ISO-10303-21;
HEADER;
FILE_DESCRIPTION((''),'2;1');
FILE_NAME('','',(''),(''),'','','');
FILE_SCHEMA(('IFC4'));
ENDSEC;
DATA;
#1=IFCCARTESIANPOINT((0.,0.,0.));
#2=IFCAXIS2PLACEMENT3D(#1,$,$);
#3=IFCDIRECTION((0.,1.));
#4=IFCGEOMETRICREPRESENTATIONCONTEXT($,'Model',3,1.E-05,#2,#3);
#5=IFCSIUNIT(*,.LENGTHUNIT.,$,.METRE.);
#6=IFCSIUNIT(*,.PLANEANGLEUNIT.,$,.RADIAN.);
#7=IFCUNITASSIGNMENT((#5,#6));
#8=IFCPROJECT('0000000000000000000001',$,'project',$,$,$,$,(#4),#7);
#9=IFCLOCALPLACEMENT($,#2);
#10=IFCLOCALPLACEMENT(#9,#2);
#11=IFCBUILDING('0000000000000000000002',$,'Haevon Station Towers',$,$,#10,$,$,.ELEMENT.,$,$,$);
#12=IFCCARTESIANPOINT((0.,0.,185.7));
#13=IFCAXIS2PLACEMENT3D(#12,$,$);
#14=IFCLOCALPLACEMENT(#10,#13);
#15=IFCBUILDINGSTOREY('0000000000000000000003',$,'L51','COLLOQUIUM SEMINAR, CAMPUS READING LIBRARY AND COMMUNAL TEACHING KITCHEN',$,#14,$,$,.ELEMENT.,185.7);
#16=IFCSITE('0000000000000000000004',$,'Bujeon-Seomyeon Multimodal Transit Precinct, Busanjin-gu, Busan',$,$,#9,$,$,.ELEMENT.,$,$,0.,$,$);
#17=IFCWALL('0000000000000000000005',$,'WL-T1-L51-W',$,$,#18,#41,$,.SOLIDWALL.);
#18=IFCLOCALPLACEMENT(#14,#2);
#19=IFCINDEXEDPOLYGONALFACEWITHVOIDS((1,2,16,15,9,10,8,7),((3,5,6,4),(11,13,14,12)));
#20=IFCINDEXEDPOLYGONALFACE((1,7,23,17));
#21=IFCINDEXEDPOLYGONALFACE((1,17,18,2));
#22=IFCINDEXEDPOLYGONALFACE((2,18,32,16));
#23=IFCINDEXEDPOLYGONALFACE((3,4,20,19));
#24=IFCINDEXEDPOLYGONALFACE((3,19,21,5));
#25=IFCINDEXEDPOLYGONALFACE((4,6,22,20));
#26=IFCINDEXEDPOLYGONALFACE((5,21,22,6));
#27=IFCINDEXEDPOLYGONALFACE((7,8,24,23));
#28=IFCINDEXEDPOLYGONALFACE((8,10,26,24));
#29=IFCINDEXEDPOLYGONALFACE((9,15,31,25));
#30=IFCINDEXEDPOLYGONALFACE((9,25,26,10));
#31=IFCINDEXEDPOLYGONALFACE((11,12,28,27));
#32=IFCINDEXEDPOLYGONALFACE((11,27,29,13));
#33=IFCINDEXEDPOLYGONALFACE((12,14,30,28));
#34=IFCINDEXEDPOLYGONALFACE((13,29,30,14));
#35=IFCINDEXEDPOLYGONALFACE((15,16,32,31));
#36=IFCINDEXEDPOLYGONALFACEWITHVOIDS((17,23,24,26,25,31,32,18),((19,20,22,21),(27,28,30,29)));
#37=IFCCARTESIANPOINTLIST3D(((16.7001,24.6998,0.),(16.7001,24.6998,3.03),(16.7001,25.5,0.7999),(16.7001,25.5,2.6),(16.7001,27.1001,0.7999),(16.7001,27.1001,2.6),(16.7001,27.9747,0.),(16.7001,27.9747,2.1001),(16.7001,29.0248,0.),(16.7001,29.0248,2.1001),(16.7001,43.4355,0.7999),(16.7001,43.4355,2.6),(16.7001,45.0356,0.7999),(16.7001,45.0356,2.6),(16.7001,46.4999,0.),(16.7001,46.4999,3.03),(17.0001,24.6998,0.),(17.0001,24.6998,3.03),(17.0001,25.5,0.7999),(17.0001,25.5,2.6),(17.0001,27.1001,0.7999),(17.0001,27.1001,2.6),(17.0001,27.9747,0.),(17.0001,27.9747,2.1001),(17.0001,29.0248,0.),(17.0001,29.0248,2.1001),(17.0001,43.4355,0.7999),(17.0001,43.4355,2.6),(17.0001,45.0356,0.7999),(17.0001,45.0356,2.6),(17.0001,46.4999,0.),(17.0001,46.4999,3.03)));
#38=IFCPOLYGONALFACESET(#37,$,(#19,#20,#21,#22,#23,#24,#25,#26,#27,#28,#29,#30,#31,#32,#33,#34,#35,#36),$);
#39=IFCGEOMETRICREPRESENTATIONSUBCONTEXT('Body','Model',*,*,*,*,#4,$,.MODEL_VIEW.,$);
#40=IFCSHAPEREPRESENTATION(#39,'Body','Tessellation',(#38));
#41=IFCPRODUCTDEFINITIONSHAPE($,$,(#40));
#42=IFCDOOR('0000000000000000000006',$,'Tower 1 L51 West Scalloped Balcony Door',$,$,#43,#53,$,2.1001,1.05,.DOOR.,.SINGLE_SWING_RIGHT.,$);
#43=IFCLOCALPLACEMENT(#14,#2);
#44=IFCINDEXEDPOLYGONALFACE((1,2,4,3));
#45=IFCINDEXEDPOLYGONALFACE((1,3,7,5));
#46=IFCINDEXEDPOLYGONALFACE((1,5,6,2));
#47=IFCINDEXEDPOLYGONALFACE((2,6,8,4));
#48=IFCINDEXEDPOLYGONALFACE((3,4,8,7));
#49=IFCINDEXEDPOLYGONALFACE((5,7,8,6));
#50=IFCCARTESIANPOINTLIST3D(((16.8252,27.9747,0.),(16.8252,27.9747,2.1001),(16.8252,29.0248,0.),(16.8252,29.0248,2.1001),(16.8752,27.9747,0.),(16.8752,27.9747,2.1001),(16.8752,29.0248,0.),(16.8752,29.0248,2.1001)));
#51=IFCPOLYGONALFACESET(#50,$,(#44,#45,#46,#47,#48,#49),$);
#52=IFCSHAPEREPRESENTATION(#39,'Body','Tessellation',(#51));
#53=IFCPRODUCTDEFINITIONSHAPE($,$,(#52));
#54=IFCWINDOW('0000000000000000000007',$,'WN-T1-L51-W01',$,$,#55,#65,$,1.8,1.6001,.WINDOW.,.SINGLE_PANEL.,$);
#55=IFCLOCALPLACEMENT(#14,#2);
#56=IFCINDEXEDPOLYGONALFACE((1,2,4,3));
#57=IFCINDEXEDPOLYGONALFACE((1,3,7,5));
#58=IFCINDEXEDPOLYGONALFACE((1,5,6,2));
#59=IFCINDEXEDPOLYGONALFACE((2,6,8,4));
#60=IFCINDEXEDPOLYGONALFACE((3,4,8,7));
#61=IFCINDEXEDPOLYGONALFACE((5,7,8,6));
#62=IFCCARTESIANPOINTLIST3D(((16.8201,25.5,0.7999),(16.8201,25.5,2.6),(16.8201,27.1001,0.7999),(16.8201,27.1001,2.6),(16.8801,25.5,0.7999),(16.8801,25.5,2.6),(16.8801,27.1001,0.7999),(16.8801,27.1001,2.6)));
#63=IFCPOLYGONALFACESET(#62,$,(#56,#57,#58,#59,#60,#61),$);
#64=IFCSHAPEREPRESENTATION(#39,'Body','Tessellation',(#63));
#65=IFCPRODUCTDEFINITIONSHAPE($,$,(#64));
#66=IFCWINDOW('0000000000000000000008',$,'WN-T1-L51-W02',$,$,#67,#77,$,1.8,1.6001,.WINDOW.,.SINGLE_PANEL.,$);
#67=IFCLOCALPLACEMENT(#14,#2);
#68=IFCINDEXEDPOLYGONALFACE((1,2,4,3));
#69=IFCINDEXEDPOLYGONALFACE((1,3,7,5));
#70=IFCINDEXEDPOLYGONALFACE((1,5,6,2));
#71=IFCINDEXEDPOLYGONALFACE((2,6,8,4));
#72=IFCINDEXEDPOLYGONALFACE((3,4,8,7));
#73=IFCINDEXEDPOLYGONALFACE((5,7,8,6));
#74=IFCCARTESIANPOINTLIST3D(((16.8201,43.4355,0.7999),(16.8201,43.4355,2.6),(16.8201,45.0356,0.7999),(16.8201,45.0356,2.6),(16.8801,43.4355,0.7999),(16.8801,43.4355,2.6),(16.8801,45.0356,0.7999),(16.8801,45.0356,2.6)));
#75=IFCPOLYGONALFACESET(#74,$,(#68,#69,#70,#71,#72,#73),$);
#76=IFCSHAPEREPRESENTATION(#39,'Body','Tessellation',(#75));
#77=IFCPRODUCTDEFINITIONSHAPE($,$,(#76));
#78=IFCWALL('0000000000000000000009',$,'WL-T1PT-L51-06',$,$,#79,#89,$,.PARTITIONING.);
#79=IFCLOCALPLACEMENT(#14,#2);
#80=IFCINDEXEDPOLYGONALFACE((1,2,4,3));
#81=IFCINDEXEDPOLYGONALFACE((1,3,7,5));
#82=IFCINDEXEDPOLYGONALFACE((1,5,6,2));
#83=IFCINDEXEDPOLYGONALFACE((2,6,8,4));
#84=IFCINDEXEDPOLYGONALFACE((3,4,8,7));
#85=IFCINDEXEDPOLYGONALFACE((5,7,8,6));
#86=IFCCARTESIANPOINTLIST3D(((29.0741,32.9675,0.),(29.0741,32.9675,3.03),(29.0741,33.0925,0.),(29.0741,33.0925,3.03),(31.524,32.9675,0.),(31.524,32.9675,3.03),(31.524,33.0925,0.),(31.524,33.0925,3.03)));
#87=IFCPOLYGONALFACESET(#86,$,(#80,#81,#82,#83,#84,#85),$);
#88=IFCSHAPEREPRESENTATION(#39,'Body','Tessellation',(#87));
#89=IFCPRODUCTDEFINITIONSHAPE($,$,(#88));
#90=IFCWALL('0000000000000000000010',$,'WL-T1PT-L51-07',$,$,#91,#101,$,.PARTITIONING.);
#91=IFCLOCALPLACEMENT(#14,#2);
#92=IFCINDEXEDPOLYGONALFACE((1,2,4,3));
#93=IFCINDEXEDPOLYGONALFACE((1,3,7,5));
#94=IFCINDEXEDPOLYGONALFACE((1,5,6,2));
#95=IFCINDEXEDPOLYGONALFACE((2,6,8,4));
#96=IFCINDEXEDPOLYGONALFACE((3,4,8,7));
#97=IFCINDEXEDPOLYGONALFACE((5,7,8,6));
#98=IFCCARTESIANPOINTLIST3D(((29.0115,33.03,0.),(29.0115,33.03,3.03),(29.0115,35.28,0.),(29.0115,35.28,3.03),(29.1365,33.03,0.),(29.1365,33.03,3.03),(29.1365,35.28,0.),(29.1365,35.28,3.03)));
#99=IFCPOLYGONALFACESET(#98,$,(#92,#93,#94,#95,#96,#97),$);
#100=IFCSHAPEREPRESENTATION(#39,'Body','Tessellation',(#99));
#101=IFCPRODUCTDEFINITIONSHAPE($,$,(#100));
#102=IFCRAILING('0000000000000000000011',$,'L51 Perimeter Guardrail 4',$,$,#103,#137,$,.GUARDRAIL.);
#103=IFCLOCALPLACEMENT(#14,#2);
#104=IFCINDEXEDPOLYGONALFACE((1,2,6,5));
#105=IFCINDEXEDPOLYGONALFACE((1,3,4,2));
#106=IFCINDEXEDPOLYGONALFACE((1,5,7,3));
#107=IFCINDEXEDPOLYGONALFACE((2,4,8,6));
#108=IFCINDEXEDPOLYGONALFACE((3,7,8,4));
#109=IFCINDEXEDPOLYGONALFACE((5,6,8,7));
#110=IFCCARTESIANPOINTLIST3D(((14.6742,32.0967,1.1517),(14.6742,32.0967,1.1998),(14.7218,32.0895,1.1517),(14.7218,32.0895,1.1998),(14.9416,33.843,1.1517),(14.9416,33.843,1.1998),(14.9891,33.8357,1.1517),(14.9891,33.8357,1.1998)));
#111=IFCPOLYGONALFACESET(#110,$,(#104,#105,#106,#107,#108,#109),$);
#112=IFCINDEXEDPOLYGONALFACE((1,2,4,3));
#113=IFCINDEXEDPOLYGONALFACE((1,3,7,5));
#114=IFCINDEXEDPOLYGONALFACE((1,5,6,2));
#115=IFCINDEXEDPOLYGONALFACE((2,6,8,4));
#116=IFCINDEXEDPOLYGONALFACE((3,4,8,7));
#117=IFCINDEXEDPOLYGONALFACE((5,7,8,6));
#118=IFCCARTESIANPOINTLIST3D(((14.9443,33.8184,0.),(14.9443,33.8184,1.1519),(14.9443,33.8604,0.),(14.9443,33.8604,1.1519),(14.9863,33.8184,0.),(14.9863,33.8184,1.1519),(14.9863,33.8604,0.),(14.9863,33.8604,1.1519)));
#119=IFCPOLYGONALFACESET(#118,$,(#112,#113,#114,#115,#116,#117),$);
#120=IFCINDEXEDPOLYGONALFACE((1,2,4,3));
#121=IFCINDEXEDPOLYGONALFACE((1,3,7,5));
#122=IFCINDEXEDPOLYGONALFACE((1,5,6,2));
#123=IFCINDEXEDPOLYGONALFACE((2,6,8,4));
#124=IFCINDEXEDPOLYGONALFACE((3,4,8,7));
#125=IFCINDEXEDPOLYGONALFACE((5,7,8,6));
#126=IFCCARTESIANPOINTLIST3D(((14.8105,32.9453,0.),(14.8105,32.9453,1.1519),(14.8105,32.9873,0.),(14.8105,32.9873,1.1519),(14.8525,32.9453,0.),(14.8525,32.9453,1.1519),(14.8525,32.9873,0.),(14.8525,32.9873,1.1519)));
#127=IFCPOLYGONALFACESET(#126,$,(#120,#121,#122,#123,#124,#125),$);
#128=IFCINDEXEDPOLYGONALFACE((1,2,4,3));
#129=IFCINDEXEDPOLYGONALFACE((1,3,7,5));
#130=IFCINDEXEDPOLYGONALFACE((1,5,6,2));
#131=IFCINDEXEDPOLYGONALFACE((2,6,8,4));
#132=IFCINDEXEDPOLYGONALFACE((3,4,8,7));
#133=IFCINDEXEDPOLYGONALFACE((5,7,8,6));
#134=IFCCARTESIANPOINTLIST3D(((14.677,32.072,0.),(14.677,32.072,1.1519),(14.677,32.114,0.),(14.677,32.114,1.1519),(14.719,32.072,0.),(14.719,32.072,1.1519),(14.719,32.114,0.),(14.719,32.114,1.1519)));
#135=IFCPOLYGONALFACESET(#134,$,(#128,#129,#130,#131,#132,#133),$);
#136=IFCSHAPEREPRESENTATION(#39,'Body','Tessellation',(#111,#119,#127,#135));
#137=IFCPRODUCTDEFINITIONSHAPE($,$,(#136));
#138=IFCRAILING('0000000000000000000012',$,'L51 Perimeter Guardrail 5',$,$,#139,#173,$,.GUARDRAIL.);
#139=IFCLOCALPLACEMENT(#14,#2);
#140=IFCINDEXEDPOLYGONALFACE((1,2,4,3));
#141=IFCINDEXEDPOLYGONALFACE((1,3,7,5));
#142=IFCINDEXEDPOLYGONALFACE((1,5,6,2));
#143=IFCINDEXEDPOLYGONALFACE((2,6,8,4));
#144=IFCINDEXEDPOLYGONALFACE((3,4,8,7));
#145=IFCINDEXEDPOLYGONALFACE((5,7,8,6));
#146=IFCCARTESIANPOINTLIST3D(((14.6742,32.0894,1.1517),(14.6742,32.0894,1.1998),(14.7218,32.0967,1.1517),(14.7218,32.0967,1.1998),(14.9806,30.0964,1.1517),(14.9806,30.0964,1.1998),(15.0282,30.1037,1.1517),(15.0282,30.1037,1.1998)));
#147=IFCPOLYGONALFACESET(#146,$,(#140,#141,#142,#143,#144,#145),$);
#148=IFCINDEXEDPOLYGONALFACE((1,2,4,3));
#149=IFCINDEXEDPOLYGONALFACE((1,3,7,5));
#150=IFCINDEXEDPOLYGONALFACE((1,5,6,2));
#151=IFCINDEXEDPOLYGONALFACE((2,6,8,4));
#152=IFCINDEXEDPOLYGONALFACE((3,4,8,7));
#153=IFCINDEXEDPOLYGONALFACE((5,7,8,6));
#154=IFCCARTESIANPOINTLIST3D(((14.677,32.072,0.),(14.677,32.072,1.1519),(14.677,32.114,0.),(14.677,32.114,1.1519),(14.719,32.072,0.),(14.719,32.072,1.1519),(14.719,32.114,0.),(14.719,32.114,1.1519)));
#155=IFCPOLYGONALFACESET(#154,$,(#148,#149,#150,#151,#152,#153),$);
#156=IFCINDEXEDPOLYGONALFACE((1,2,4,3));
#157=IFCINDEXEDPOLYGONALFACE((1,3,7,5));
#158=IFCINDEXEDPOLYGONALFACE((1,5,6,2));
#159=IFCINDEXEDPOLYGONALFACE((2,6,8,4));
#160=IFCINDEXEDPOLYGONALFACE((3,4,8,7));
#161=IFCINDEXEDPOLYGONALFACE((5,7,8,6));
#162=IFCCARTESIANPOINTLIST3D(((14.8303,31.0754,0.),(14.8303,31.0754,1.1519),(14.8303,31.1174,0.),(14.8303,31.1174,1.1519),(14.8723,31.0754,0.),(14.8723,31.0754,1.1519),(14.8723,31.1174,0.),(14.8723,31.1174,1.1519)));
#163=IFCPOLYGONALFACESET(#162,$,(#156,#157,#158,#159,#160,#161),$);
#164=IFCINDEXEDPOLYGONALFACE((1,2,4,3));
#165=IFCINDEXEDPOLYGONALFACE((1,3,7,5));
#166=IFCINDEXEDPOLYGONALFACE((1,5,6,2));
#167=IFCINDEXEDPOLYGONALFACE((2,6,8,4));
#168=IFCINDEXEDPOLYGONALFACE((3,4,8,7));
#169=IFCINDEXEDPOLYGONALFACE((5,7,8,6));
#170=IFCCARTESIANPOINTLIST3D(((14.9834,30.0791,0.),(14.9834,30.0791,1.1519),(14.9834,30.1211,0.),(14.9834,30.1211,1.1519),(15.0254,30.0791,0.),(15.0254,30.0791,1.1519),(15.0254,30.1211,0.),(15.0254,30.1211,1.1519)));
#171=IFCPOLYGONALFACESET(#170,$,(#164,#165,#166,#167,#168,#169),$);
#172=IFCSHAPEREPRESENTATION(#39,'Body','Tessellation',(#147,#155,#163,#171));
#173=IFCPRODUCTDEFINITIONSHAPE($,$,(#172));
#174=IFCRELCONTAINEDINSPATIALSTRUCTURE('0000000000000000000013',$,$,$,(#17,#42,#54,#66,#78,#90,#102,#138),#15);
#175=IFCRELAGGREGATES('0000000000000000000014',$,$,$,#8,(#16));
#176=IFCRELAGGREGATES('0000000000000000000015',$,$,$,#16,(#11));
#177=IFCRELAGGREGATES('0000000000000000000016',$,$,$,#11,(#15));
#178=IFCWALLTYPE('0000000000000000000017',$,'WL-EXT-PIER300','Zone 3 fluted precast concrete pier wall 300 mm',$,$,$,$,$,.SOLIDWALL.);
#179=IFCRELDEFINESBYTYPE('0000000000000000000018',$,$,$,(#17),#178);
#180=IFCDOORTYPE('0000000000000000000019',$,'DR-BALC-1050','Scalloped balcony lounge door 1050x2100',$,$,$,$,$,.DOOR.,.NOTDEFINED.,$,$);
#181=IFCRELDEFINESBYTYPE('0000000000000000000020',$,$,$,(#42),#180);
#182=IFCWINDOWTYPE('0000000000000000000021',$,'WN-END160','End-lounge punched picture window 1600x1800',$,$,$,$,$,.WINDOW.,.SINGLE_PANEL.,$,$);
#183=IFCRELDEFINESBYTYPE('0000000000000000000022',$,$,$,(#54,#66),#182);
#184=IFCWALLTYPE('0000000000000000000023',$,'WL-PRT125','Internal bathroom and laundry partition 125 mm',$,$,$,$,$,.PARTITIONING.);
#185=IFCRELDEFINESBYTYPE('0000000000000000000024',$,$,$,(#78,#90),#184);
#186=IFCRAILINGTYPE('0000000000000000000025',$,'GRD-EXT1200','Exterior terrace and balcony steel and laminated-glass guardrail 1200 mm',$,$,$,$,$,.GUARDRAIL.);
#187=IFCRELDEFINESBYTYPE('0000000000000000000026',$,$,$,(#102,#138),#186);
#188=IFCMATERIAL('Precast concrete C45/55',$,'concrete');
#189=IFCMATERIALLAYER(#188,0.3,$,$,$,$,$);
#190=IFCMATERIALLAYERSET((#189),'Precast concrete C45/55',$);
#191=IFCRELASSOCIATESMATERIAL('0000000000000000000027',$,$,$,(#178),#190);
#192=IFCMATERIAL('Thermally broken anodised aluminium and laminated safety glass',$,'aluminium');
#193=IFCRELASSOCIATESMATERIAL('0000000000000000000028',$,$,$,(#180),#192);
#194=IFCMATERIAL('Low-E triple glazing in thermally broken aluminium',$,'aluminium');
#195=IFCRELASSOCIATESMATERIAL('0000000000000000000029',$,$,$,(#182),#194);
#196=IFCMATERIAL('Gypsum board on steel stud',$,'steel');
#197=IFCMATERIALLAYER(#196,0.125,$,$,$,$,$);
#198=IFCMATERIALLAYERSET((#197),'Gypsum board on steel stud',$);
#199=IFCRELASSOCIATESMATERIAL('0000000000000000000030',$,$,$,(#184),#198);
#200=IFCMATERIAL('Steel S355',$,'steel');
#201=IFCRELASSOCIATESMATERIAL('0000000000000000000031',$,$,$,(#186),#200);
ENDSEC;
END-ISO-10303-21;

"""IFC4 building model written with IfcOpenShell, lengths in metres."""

from ifc_helpers import new_model, si_unit, direction, frame, frame_2d, origin, origin_2d, place, context, subcontext, project, spatial, rectangle, extrude, material, layer, layer_set, type_object, element, fill, save


model = new_model("IFC4")

# Units and contexts
model_context = context("Model", 3, precision=1e-05, world=origin(), true_north=direction((0.0, 1.0)))
body_context = subcontext(model_context, "Body", "Model", "MODEL_VIEW")
ifc_project = project(units=[si_unit("LENGTHUNIT", "METRE"), si_unit("PLANEANGLEUNIT", "RADIAN")], contexts=[model_context])

# Site, building, storey
site_placement = place(None, origin())
site = spatial("IfcSite", under=ifc_project, at=site_placement, Name="Bujeon-Seomyeon Multimodal Transit Precinct, Busanjin-gu, Busan", CompositionType="ELEMENT", RefElevation=0.0)
building_placement = place(site_placement, origin())
building = spatial("IfcBuilding", under=site, at=building_placement, Name="Haevon Station Towers", CompositionType="ELEMENT")
storey_placement = place(building_placement, frame((0.0, 0.0, 185.7)))
storey = spatial("IfcBuildingStorey", under=building, at=storey_placement, Name="L51", Description="COLLOQUIUM SEMINAR, CAMPUS READING LIBRARY AND COMMUNAL TEACHING KITCHEN", CompositionType="ELEMENT", Elevation=185.7)

# Shared definitions
ifc_material_1 = material(Name="Steel S355", Category="steel")

# Wall, openings, door, windows
ifc_material_2 = material(Name="Precast concrete C45/55", Category="concrete")
ifc_layer_1 = layer(ifc_material_2, 0.3)
ifc_layer_set_1 = layer_set([ifc_layer_1], Name="Precast concrete C45/55")
wall_type_1 = type_object("IfcWallType", Name="WL-EXT-PIER300", Description="Zone 3 fluted precast concrete pier wall 300 mm", PredefinedType="SOLIDWALL", material=ifc_layer_set_1)
wall_1_placement = place(storey_placement, frame((16.8501, 24.7, 0.0), z_axis=(0.0, 0.0, 1.0), x_axis=(0.0, 1.0, 0.0)))
wall_1 = element("IfcWall", 1, at=wall_1_placement, inside=storey, type_object=wall_type_1, Name="WL-T1-L51-W", PredefinedType="SOLIDWALL", context=body_context, shape_type="SweptSolid", body=[
    extrude(rectangle(XDim=21.8, YDim=0.3, at=frame_2d((10.8999, 0.0))), origin(), (0.0, 0.0, 1.0), 3.03),
])
opening_1_placement = place(wall_1_placement, frame((3.2749, 0.0, 0.0)))
opening_1 = element("IfcOpeningElement", 2, at=opening_1_placement, cuts=wall_1, PredefinedType="OPENING", context=body_context, shape_type="SweptSolid", body=[
    extrude(rectangle(XDim=1.05, YDim=2.1001, at=frame_2d((0.5249, 1.05))), frame((0.0, 0.1599, 0.0), z_axis=(0.0, -1.0, 0.0), x_axis=(1.0, 0.0, 0.0)), (0.0, 0.0, 1.0), 0.3201),
])
opening_2_placement = place(wall_1_placement, frame((0.8, 0.0, 0.8)))
opening_2 = element("IfcOpeningElement", 3, at=opening_2_placement, cuts=wall_1, PredefinedType="OPENING", context=body_context, shape_type="SweptSolid", body=[
    extrude(rectangle(XDim=1.6001, YDim=1.8, at=frame_2d((0.8, 0.8999))), frame((0.0, 0.1599, 0.0), z_axis=(0.0, -1.0, 0.0), x_axis=(1.0, 0.0, 0.0)), (0.0, 0.0, 1.0), 0.3201),
])
opening_3_placement = place(wall_1_placement, frame((18.7356, 0.0, 0.8)))
opening_3 = element("IfcOpeningElement", 4, at=opening_3_placement, cuts=wall_1, PredefinedType="OPENING", context=body_context, shape_type="SweptSolid", body=[
    extrude(rectangle(XDim=1.6001, YDim=1.8, at=frame_2d((0.8, 0.8999))), frame((0.0, 0.1599, 0.0), z_axis=(0.0, -1.0, 0.0), x_axis=(1.0, 0.0, 0.0)), (0.0, 0.0, 1.0), 0.3201),
])
ifc_material_3 = material(Name="Thermally broken anodised aluminium and laminated safety glass", Category="aluminium")
door_type = type_object("IfcDoorType", Name="DR-BALC-1050", Description="Scalloped balcony lounge door 1050x2100", OperationType="NOTDEFINED", PredefinedType="DOOR", material=ifc_material_3)
door_placement = place(opening_1_placement, origin())
door = element("IfcDoor", 5, at=door_placement, inside=storey, type_object=door_type, Name="Tower 1 L51 West Scalloped Balcony Door", OperationType="SINGLE_SWING_RIGHT", OverallHeight=2.1001, OverallWidth=1.05, PredefinedType="DOOR", context=body_context, shape_type="SweptSolid", body=[
    extrude(rectangle(XDim=1.05, YDim=2.1001, at=frame_2d((0.5249, 1.05))), frame((0.0, 0.0249, 0.0), z_axis=(0.0, -1.0, 0.0), x_axis=(1.0, 0.0, 0.0)), (0.0, 0.0, 1.0), 0.05),
])
fill(opening_1, door)
ifc_material_4 = material(Name="Low-E triple glazing in thermally broken aluminium", Category="aluminium")
window_type = type_object("IfcWindowType", Name="WN-END160", Description="End-lounge punched picture window 1600x1800", PartitioningType="SINGLE_PANEL", PredefinedType="WINDOW", material=ifc_material_4)
window_1_placement = place(opening_2_placement, origin())
window_1 = element("IfcWindow", 6, at=window_1_placement, inside=storey, type_object=window_type, Name="WN-T1-L51-W01", OverallHeight=1.8, OverallWidth=1.6001, PartitioningType="SINGLE_PANEL", PredefinedType="WINDOW", context=body_context, shape_type="SweptSolid", body=[
    extrude(rectangle(XDim=1.6001, YDim=1.8, at=frame_2d((0.8, 0.8999))), frame((0.0, 0.03, 0.0), z_axis=(0.0, -1.0, 0.0), x_axis=(1.0, 0.0, 0.0)), (0.0, 0.0, 1.0), 0.0601),
])
fill(opening_2, window_1)
window_2_placement = place(opening_3_placement, origin())
window_2 = element("IfcWindow", 7, at=window_2_placement, inside=storey, type_object=window_type, Name="WN-T1-L51-W02", OverallHeight=1.8, OverallWidth=1.6001, PartitioningType="SINGLE_PANEL", PredefinedType="WINDOW", context=body_context, shape_type="SweptSolid", body=[
    extrude(rectangle(XDim=1.6001, YDim=1.8, at=frame_2d((0.8, 0.8999))), frame((0.0, 0.03, 0.0), z_axis=(0.0, -1.0, 0.0), x_axis=(1.0, 0.0, 0.0)), (0.0, 0.0, 1.0), 0.0601),
])
fill(opening_3, window_2)

# Walls
ifc_material_5 = material(Name="Gypsum board on steel stud", Category="steel")
ifc_layer_2 = layer(ifc_material_5, 0.125)
ifc_layer_set_2 = layer_set([ifc_layer_2], Name="Gypsum board on steel stud")
wall_type_2 = type_object("IfcWallType", Name="WL-PRT125", Description="Internal bathroom and laundry partition 125 mm", PredefinedType="PARTITIONING", material=ifc_layer_set_2)
wall_2_placement = place(storey_placement, frame((29.074, 33.03, 0.0), z_axis=(0.0, 0.0, 1.0), x_axis=(1.0, 0.0, 0.0)))
element("IfcWall", 8, at=wall_2_placement, inside=storey, type_object=wall_type_2, Name="WL-T1PT-L51-06", PredefinedType="PARTITIONING", context=body_context, shape_type="SweptSolid", body=[
    extrude(rectangle(XDim=2.45, YDim=0.125, at=frame_2d((1.2251, 0.0))), origin(), (0.0, 0.0, 1.0), 3.03),
])
wall_3_placement = place(storey_placement, frame((29.074, 33.03, 0.0), z_axis=(0.0, 0.0, 1.0), x_axis=(0.0, 1.0, 0.0)))
element("IfcWall", 9, at=wall_3_placement, inside=storey, type_object=wall_type_2, Name="WL-T1PT-L51-07", PredefinedType="PARTITIONING", context=body_context, shape_type="SweptSolid", body=[
    extrude(rectangle(XDim=2.25, YDim=0.125, at=frame_2d((1.125, 0.0))), origin(), (0.0, 0.0, 1.0), 3.03),
])

# Railings
railing_type = type_object("IfcRailingType", Name="GRD-EXT1200", Description="Exterior terrace and balcony steel and laminated-glass guardrail 1200 mm", PredefinedType="GUARDRAIL", material=ifc_material_1)
railing_1_placement = place(storey_placement, frame((14.9653, 33.8394, 0.0)))
element("IfcRailing", 10, at=railing_1_placement, inside=storey, type_object=railing_type, Name="L51 Perimeter Guardrail 4", PredefinedType="GUARDRAIL", context=body_context, shape_type="SweptSolid", body=[
    extrude(rectangle(XDim=0.0481, YDim=0.0481, at=origin_2d()), frame((0.0, 0.0, 1.1758), z_axis=(-0.15132, -0.988485, 0.0), x_axis=(0.988485, -0.15132, 0.0)), (0.0, 0.0, 1.0), 1.7666),
    extrude(rectangle(XDim=0.042, YDim=0.042, at=origin_2d()), origin(), (0.0, 0.0, 1.0), 1.1519),
    extrude(rectangle(XDim=0.042, YDim=0.042, at=origin_2d()), frame((-0.1338, -0.873, 0.0)), (0.0, 0.0, 1.0), 1.1519),
    extrude(rectangle(XDim=0.042, YDim=0.042, at=origin_2d()), frame((-0.2673, -1.7463, 0.0)), (0.0, 0.0, 1.0), 1.1519),
])
railing_2_placement = place(storey_placement, frame((14.698, 32.093, 0.0)))
element("IfcRailing", 11, at=railing_2_placement, inside=storey, type_object=railing_type, Name="L51 Perimeter Guardrail 5", PredefinedType="GUARDRAIL", context=body_context, shape_type="SweptSolid", body=[
    extrude(rectangle(XDim=0.0481, YDim=0.0481, at=origin_2d()), frame((0.0, 0.0, 1.1758), z_axis=(0.151957, -0.988387, 0.0), x_axis=(0.988387, 0.151957, 0.0)), (0.0, 0.0, 1.0), 2.0164),
    extrude(rectangle(XDim=0.042, YDim=0.042, at=origin_2d()), origin(), (0.0, 0.0, 1.0), 1.1519),
    extrude(rectangle(XDim=0.042, YDim=0.042, at=origin_2d()), frame((0.1533, -0.9966, 0.0)), (0.0, 0.0, 1.0), 1.1519),
    extrude(rectangle(XDim=0.042, YDim=0.042, at=origin_2d()), frame((0.3064, -1.9929, 0.0)), (0.0, 0.0, 1.0), 1.1519),
])

save(model, "model.ifc")
